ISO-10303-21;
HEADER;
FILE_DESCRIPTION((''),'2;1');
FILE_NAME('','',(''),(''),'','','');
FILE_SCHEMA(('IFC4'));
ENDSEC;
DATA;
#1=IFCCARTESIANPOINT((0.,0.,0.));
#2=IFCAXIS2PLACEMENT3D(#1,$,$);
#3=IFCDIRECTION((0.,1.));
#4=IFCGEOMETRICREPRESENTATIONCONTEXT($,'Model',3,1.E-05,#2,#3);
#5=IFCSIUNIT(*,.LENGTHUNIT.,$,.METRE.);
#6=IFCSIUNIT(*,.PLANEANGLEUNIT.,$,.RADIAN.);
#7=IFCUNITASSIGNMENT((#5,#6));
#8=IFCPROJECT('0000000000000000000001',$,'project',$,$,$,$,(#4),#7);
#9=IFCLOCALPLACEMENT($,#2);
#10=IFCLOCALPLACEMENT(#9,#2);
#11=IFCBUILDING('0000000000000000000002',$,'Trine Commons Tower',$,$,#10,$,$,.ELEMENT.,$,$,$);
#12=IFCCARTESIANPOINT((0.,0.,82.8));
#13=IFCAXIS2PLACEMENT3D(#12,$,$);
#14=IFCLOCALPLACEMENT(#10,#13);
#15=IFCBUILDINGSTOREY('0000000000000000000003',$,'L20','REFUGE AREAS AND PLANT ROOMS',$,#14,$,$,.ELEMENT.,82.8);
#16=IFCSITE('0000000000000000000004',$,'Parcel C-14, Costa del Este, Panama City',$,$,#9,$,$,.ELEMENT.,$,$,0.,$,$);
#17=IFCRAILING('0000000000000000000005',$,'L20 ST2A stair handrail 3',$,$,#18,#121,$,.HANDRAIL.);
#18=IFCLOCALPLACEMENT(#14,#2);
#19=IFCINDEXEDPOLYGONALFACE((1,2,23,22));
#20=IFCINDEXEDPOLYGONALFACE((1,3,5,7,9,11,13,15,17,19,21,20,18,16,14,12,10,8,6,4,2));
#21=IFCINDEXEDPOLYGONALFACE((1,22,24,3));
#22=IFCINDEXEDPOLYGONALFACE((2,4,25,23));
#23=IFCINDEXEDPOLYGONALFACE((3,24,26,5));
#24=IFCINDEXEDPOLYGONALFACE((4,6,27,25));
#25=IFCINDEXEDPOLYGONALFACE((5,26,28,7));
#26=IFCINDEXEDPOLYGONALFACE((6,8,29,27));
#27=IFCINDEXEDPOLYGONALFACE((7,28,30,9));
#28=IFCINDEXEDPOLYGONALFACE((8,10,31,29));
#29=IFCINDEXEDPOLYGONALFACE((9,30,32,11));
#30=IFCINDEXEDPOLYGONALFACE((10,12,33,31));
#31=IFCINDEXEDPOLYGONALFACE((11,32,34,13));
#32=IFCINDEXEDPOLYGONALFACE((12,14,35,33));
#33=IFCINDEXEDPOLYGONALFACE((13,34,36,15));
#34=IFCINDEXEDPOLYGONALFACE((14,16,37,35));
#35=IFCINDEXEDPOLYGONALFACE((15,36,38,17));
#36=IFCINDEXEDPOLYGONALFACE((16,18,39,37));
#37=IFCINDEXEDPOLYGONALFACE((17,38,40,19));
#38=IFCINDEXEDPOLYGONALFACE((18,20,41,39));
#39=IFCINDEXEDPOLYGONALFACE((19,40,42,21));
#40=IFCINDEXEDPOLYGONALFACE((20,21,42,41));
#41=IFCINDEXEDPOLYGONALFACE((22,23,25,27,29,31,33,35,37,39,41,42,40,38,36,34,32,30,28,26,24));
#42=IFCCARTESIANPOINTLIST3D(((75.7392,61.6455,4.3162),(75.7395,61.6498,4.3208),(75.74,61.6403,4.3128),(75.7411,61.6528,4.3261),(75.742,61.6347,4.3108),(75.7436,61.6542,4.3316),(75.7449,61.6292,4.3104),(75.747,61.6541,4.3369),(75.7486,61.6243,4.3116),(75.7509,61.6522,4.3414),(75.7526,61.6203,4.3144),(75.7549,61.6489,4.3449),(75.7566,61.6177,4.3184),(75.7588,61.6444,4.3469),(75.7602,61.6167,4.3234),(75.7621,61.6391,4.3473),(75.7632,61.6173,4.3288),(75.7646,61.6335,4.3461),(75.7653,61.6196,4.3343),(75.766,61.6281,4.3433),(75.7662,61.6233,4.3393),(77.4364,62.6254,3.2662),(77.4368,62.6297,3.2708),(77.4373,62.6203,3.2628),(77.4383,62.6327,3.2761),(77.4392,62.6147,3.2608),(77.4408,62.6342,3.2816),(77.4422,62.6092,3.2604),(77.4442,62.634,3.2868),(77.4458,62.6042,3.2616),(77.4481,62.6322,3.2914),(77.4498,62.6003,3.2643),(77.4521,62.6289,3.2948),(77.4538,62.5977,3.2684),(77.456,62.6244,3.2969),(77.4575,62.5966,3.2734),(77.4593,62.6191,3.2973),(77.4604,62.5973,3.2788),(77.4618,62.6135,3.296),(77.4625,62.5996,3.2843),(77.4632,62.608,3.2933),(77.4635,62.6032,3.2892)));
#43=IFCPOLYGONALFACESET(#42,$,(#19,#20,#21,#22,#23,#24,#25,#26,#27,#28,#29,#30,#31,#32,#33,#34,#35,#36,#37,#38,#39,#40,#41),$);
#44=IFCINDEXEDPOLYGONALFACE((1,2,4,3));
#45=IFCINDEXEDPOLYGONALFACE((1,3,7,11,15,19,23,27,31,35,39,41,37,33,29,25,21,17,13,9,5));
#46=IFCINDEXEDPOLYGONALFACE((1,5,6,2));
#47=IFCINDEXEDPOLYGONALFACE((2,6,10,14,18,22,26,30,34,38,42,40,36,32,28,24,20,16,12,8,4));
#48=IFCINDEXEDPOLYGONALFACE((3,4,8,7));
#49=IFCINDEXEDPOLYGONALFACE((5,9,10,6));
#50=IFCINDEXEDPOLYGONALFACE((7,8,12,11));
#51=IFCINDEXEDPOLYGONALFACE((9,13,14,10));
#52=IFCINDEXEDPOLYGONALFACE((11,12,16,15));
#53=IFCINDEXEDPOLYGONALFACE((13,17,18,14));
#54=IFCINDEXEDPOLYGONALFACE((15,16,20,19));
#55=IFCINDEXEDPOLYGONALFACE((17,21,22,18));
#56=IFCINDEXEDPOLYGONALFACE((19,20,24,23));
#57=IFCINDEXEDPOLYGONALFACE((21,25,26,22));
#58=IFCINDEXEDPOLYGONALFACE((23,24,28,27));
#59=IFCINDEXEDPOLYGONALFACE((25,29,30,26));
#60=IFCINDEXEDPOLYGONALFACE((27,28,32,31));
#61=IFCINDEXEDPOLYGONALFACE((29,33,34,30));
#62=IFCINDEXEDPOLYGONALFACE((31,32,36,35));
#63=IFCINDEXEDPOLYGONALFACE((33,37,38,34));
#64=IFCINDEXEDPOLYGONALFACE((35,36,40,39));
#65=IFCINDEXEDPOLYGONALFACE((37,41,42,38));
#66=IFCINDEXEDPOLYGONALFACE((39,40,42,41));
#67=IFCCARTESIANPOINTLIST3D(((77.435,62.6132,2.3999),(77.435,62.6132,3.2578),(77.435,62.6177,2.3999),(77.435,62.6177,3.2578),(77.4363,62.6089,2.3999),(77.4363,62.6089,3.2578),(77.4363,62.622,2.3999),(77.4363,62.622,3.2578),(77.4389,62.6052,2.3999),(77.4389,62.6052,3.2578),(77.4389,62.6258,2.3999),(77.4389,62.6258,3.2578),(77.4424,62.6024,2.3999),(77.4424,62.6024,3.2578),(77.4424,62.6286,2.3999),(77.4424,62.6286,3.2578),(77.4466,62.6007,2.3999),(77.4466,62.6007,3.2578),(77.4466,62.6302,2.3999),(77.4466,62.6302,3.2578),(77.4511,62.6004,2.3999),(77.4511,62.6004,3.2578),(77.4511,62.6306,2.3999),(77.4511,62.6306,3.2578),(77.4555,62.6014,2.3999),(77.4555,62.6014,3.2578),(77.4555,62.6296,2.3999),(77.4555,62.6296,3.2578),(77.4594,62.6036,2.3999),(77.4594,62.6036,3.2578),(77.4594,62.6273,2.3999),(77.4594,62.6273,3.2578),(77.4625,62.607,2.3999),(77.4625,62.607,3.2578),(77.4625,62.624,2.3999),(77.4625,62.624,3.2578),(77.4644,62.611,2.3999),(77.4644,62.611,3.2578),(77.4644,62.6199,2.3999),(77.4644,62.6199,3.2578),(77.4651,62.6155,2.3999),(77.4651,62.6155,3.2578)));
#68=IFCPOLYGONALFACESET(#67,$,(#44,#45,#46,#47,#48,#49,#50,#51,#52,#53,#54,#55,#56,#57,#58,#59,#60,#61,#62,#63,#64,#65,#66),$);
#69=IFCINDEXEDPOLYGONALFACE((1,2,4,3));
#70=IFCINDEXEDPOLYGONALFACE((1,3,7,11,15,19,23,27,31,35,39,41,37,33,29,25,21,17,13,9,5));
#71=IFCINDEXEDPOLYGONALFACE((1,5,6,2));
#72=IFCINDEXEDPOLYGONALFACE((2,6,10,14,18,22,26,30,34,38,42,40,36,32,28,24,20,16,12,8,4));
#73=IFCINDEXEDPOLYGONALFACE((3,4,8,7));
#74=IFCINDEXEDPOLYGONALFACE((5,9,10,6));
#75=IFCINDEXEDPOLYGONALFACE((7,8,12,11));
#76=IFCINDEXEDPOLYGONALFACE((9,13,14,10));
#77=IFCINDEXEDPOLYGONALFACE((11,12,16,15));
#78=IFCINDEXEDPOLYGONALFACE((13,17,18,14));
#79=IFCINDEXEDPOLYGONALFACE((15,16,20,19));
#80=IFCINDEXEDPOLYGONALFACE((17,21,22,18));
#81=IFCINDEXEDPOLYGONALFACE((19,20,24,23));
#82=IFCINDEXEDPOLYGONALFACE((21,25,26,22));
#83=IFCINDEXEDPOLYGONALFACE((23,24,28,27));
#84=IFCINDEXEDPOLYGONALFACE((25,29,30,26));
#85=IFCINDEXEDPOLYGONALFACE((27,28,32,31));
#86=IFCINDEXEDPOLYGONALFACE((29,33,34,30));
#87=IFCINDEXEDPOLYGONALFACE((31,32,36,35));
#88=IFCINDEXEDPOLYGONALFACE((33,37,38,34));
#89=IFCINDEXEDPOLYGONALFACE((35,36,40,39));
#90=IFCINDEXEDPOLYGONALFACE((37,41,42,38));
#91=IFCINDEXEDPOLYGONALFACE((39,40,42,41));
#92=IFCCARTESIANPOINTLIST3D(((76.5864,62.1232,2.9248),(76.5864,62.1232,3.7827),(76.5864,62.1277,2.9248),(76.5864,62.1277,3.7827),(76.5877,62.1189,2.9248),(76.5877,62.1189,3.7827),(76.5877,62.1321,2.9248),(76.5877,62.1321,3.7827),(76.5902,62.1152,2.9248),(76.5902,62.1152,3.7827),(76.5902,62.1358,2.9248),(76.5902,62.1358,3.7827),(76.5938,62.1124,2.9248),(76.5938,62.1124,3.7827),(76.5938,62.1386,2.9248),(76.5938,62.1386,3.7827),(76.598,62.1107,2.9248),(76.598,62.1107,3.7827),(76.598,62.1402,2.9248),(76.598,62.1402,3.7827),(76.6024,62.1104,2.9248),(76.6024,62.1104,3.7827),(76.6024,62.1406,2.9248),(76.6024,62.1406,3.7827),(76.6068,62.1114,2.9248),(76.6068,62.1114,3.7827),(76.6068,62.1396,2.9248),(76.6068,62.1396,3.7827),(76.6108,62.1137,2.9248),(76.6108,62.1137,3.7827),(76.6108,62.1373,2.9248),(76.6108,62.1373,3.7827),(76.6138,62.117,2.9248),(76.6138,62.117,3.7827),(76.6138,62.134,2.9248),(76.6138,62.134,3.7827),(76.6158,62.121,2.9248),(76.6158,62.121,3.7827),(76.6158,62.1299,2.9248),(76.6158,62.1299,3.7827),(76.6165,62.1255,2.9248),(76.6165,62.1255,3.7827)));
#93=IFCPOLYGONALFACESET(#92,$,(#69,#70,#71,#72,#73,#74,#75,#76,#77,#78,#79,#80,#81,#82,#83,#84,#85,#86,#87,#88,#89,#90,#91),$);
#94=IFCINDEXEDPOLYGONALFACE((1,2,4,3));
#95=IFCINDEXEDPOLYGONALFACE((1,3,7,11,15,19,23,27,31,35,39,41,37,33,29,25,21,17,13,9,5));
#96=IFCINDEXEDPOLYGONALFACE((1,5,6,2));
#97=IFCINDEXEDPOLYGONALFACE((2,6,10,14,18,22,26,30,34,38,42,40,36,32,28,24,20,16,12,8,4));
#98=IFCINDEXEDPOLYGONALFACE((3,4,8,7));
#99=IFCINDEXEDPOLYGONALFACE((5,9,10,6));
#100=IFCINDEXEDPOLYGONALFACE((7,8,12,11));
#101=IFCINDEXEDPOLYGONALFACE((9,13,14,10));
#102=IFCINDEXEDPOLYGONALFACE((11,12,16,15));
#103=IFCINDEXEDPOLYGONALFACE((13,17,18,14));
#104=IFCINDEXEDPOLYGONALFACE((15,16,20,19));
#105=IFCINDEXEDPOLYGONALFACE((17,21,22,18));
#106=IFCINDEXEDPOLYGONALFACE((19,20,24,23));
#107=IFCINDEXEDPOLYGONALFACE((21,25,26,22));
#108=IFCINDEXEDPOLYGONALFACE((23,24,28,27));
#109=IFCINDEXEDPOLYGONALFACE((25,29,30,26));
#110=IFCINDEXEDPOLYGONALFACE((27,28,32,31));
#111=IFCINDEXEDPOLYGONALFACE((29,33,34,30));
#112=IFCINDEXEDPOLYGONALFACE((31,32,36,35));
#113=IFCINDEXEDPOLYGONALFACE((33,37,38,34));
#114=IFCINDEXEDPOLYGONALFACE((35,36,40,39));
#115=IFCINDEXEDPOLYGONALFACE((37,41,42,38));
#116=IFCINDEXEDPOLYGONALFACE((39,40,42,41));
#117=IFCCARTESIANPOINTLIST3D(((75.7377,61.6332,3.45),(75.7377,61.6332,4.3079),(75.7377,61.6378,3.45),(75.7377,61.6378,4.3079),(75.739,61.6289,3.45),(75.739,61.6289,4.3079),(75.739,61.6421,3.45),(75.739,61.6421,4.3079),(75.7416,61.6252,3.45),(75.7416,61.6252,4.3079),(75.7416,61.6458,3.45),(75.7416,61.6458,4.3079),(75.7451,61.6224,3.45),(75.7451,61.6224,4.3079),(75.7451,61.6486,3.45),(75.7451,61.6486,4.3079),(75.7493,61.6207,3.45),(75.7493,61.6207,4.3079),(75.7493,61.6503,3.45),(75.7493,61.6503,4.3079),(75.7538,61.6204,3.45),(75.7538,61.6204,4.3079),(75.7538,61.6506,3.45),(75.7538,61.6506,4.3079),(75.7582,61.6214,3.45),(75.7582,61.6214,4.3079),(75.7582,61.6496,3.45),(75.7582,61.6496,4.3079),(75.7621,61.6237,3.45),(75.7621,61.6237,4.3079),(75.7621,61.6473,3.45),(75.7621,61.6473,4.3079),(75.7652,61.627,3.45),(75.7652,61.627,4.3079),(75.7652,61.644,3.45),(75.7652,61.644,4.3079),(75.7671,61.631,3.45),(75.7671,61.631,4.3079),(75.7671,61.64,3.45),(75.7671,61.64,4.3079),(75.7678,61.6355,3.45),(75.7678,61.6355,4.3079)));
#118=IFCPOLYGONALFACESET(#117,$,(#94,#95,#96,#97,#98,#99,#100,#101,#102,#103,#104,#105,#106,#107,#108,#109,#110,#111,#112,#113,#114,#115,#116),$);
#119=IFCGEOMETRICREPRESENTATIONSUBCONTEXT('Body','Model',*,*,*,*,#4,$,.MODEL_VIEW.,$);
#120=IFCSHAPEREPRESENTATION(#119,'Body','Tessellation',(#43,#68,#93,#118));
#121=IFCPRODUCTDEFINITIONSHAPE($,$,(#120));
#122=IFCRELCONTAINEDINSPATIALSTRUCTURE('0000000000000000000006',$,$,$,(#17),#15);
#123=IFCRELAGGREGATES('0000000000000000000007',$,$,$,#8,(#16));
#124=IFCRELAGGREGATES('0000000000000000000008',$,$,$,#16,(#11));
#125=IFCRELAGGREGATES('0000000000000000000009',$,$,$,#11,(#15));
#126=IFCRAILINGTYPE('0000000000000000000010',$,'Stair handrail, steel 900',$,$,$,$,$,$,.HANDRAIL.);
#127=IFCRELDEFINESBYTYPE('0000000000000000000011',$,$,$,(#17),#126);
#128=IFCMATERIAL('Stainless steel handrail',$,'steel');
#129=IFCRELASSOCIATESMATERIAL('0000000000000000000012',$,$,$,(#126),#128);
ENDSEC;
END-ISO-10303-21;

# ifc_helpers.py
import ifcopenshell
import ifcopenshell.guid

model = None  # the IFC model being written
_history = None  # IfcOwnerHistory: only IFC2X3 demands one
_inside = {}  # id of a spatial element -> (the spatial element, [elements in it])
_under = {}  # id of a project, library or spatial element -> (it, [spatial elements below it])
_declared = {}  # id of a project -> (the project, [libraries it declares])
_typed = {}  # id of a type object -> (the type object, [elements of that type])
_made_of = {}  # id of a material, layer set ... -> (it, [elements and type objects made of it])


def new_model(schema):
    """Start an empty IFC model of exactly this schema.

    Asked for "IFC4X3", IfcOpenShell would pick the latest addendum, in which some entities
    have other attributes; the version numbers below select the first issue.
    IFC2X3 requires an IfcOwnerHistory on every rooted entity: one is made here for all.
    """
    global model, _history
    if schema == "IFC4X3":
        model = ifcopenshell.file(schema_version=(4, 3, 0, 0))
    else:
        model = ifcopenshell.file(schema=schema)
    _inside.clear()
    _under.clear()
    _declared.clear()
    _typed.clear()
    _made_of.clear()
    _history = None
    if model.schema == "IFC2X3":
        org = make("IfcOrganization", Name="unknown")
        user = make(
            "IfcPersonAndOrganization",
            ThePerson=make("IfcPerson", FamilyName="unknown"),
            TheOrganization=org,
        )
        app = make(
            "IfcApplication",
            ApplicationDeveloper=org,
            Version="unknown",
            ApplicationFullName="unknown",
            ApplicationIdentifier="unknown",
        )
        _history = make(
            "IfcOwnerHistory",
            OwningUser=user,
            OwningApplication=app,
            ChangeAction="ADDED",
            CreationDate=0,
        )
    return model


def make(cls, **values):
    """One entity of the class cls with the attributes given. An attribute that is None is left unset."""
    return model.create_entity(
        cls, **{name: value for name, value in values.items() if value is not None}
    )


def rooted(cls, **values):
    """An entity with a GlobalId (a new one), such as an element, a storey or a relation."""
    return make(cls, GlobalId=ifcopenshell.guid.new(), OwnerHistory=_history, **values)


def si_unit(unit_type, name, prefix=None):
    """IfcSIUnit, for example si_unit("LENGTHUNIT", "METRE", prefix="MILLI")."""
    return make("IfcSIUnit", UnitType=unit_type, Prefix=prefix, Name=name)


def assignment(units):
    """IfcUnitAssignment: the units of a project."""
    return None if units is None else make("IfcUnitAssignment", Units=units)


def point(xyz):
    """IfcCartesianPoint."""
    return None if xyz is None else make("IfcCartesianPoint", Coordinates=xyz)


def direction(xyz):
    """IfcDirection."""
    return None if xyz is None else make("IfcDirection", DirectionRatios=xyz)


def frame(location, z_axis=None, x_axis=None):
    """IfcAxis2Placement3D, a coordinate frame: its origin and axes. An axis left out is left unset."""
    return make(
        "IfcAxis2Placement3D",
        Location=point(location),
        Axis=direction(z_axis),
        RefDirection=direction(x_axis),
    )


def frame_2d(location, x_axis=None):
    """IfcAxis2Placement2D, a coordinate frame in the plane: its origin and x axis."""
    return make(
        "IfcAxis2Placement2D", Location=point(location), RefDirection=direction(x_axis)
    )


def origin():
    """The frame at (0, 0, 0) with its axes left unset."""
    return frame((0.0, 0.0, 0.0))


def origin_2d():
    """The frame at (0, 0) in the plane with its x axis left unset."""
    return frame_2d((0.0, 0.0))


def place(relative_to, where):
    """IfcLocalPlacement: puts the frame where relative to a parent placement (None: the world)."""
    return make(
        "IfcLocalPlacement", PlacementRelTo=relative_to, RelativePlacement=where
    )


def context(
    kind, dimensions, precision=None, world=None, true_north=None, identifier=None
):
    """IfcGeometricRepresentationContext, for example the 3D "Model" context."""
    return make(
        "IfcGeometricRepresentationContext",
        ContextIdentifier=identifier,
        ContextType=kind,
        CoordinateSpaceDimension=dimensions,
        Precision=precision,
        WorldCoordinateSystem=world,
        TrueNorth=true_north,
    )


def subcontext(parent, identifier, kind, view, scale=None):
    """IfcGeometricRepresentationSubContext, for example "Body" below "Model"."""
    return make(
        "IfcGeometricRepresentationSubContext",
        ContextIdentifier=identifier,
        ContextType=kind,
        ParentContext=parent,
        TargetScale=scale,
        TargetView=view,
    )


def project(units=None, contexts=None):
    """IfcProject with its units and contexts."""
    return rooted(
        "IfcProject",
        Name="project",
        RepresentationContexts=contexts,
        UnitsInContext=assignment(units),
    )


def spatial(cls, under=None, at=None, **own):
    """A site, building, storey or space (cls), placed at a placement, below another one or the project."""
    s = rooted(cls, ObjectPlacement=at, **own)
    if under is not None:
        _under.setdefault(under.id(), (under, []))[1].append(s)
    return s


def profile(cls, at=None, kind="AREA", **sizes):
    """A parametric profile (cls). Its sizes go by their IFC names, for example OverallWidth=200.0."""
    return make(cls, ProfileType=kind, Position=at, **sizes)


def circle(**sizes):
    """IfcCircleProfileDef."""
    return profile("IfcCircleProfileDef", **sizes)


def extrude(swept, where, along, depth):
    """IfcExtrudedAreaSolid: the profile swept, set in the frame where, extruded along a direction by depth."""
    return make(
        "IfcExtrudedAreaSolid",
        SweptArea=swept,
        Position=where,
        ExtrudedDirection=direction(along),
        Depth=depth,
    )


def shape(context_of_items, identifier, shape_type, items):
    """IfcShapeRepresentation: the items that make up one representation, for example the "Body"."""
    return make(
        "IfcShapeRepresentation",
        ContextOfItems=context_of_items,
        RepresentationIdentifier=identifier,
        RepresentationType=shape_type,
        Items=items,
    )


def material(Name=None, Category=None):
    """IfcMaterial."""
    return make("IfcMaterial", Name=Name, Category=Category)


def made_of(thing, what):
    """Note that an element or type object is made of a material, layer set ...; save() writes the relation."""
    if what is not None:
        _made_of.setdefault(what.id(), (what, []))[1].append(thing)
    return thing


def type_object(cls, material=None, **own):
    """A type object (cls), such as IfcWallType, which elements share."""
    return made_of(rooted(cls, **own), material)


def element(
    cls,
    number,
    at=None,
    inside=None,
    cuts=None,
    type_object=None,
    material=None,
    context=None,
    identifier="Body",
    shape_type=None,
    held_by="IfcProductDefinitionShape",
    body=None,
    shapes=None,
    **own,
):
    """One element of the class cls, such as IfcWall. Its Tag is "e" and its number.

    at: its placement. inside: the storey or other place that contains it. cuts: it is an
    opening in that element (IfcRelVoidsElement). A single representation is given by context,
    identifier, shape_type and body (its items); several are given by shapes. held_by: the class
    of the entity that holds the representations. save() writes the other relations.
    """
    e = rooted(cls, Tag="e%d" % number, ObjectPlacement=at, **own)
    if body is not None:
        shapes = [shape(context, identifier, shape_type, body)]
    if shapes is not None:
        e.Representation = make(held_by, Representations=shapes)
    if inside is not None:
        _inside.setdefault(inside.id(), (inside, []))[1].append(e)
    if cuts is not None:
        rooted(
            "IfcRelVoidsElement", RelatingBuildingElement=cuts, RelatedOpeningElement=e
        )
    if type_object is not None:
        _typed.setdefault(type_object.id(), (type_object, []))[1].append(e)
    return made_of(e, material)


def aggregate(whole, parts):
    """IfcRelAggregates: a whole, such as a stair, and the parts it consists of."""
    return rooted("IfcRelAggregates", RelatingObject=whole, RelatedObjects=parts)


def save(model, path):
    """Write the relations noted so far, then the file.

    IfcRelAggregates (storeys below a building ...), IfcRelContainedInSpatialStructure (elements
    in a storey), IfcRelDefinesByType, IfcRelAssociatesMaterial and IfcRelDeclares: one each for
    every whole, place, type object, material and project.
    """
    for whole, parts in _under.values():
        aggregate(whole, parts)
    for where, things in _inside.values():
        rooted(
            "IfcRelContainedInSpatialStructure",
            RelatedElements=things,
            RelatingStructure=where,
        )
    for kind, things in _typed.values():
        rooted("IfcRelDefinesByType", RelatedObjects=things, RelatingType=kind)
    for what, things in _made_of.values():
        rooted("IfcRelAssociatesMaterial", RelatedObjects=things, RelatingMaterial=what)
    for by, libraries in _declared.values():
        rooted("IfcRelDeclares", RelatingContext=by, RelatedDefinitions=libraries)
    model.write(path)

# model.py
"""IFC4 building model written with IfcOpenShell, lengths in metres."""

from ifc_helpers import new_model, si_unit, direction, frame, origin, origin_2d, place, context, subcontext, project, spatial, circle, extrude, material, type_object, element, save


model = new_model("IFC4")

# Units and contexts
model_context = context("Model", 3, precision=1e-05, world=origin(), true_north=direction((0.0, 1.0)))
body_context = subcontext(model_context, "Body", "Model", "MODEL_VIEW")
ifc_project = project(units=[si_unit("LENGTHUNIT", "METRE"), si_unit("PLANEANGLEUNIT", "RADIAN")], contexts=[model_context])

# Site, building, storey
site_placement = place(None, origin())
site = spatial("IfcSite", under=ifc_project, at=site_placement, Name="Parcel C-14, Costa del Este, Panama City", CompositionType="ELEMENT", RefElevation=0.0)
building_placement = place(site_placement, origin())
building = spatial("IfcBuilding", under=site, at=building_placement, Name="Trine Commons Tower", CompositionType="ELEMENT")
storey_placement = place(building_placement, frame((0.0, 0.0, 82.8)))
storey = spatial("IfcBuildingStorey", under=building, at=storey_placement, Name="L20", Description="REFUGE AREAS AND PLANT ROOMS", CompositionType="ELEMENT", Elevation=82.8)

# Railing
ifc_material_1 = material(Name="Stainless steel handrail", Category="steel")
railing_type_1 = type_object("IfcRailingType", Name="Stair handrail, steel 900", PredefinedType="HANDRAIL", material=ifc_material_1)
railing_1_placement = place(storey_placement, frame((77.45, 62.6155, 2.3999)))
element("IfcRailing", 1, at=railing_1_placement, inside=storey, type_object=railing_type_1, Name="L20 ST2A stair handrail 3", PredefinedType="HANDRAIL", context=body_context, shape_type="SweptSolid", body=[
    extrude(circle(Radius=0.021, at=origin_2d()), frame((0.0, 0.0, 0.8789), z_axis=(-0.763352, -0.44075, 0.472264), x_axis=(0.500024, -0.866011, 0.0)), (0.0, 0.0, 1.0), 2.2234),
    extrude(circle(Radius=0.0151, at=origin_2d()), origin(), (0.0, 0.0, 1.0), 0.8579),
    extrude(circle(Radius=0.0151, at=origin_2d()), frame((-0.8486, -0.49, 0.5249)), (0.0, 0.0, 1.0), 0.8579),
    extrude(circle(Radius=0.0151, at=origin_2d()), frame((-1.6973, -0.98, 1.05)), (0.0, 0.0, 1.0), 0.8579),
])

save(model, "model.ifc")
